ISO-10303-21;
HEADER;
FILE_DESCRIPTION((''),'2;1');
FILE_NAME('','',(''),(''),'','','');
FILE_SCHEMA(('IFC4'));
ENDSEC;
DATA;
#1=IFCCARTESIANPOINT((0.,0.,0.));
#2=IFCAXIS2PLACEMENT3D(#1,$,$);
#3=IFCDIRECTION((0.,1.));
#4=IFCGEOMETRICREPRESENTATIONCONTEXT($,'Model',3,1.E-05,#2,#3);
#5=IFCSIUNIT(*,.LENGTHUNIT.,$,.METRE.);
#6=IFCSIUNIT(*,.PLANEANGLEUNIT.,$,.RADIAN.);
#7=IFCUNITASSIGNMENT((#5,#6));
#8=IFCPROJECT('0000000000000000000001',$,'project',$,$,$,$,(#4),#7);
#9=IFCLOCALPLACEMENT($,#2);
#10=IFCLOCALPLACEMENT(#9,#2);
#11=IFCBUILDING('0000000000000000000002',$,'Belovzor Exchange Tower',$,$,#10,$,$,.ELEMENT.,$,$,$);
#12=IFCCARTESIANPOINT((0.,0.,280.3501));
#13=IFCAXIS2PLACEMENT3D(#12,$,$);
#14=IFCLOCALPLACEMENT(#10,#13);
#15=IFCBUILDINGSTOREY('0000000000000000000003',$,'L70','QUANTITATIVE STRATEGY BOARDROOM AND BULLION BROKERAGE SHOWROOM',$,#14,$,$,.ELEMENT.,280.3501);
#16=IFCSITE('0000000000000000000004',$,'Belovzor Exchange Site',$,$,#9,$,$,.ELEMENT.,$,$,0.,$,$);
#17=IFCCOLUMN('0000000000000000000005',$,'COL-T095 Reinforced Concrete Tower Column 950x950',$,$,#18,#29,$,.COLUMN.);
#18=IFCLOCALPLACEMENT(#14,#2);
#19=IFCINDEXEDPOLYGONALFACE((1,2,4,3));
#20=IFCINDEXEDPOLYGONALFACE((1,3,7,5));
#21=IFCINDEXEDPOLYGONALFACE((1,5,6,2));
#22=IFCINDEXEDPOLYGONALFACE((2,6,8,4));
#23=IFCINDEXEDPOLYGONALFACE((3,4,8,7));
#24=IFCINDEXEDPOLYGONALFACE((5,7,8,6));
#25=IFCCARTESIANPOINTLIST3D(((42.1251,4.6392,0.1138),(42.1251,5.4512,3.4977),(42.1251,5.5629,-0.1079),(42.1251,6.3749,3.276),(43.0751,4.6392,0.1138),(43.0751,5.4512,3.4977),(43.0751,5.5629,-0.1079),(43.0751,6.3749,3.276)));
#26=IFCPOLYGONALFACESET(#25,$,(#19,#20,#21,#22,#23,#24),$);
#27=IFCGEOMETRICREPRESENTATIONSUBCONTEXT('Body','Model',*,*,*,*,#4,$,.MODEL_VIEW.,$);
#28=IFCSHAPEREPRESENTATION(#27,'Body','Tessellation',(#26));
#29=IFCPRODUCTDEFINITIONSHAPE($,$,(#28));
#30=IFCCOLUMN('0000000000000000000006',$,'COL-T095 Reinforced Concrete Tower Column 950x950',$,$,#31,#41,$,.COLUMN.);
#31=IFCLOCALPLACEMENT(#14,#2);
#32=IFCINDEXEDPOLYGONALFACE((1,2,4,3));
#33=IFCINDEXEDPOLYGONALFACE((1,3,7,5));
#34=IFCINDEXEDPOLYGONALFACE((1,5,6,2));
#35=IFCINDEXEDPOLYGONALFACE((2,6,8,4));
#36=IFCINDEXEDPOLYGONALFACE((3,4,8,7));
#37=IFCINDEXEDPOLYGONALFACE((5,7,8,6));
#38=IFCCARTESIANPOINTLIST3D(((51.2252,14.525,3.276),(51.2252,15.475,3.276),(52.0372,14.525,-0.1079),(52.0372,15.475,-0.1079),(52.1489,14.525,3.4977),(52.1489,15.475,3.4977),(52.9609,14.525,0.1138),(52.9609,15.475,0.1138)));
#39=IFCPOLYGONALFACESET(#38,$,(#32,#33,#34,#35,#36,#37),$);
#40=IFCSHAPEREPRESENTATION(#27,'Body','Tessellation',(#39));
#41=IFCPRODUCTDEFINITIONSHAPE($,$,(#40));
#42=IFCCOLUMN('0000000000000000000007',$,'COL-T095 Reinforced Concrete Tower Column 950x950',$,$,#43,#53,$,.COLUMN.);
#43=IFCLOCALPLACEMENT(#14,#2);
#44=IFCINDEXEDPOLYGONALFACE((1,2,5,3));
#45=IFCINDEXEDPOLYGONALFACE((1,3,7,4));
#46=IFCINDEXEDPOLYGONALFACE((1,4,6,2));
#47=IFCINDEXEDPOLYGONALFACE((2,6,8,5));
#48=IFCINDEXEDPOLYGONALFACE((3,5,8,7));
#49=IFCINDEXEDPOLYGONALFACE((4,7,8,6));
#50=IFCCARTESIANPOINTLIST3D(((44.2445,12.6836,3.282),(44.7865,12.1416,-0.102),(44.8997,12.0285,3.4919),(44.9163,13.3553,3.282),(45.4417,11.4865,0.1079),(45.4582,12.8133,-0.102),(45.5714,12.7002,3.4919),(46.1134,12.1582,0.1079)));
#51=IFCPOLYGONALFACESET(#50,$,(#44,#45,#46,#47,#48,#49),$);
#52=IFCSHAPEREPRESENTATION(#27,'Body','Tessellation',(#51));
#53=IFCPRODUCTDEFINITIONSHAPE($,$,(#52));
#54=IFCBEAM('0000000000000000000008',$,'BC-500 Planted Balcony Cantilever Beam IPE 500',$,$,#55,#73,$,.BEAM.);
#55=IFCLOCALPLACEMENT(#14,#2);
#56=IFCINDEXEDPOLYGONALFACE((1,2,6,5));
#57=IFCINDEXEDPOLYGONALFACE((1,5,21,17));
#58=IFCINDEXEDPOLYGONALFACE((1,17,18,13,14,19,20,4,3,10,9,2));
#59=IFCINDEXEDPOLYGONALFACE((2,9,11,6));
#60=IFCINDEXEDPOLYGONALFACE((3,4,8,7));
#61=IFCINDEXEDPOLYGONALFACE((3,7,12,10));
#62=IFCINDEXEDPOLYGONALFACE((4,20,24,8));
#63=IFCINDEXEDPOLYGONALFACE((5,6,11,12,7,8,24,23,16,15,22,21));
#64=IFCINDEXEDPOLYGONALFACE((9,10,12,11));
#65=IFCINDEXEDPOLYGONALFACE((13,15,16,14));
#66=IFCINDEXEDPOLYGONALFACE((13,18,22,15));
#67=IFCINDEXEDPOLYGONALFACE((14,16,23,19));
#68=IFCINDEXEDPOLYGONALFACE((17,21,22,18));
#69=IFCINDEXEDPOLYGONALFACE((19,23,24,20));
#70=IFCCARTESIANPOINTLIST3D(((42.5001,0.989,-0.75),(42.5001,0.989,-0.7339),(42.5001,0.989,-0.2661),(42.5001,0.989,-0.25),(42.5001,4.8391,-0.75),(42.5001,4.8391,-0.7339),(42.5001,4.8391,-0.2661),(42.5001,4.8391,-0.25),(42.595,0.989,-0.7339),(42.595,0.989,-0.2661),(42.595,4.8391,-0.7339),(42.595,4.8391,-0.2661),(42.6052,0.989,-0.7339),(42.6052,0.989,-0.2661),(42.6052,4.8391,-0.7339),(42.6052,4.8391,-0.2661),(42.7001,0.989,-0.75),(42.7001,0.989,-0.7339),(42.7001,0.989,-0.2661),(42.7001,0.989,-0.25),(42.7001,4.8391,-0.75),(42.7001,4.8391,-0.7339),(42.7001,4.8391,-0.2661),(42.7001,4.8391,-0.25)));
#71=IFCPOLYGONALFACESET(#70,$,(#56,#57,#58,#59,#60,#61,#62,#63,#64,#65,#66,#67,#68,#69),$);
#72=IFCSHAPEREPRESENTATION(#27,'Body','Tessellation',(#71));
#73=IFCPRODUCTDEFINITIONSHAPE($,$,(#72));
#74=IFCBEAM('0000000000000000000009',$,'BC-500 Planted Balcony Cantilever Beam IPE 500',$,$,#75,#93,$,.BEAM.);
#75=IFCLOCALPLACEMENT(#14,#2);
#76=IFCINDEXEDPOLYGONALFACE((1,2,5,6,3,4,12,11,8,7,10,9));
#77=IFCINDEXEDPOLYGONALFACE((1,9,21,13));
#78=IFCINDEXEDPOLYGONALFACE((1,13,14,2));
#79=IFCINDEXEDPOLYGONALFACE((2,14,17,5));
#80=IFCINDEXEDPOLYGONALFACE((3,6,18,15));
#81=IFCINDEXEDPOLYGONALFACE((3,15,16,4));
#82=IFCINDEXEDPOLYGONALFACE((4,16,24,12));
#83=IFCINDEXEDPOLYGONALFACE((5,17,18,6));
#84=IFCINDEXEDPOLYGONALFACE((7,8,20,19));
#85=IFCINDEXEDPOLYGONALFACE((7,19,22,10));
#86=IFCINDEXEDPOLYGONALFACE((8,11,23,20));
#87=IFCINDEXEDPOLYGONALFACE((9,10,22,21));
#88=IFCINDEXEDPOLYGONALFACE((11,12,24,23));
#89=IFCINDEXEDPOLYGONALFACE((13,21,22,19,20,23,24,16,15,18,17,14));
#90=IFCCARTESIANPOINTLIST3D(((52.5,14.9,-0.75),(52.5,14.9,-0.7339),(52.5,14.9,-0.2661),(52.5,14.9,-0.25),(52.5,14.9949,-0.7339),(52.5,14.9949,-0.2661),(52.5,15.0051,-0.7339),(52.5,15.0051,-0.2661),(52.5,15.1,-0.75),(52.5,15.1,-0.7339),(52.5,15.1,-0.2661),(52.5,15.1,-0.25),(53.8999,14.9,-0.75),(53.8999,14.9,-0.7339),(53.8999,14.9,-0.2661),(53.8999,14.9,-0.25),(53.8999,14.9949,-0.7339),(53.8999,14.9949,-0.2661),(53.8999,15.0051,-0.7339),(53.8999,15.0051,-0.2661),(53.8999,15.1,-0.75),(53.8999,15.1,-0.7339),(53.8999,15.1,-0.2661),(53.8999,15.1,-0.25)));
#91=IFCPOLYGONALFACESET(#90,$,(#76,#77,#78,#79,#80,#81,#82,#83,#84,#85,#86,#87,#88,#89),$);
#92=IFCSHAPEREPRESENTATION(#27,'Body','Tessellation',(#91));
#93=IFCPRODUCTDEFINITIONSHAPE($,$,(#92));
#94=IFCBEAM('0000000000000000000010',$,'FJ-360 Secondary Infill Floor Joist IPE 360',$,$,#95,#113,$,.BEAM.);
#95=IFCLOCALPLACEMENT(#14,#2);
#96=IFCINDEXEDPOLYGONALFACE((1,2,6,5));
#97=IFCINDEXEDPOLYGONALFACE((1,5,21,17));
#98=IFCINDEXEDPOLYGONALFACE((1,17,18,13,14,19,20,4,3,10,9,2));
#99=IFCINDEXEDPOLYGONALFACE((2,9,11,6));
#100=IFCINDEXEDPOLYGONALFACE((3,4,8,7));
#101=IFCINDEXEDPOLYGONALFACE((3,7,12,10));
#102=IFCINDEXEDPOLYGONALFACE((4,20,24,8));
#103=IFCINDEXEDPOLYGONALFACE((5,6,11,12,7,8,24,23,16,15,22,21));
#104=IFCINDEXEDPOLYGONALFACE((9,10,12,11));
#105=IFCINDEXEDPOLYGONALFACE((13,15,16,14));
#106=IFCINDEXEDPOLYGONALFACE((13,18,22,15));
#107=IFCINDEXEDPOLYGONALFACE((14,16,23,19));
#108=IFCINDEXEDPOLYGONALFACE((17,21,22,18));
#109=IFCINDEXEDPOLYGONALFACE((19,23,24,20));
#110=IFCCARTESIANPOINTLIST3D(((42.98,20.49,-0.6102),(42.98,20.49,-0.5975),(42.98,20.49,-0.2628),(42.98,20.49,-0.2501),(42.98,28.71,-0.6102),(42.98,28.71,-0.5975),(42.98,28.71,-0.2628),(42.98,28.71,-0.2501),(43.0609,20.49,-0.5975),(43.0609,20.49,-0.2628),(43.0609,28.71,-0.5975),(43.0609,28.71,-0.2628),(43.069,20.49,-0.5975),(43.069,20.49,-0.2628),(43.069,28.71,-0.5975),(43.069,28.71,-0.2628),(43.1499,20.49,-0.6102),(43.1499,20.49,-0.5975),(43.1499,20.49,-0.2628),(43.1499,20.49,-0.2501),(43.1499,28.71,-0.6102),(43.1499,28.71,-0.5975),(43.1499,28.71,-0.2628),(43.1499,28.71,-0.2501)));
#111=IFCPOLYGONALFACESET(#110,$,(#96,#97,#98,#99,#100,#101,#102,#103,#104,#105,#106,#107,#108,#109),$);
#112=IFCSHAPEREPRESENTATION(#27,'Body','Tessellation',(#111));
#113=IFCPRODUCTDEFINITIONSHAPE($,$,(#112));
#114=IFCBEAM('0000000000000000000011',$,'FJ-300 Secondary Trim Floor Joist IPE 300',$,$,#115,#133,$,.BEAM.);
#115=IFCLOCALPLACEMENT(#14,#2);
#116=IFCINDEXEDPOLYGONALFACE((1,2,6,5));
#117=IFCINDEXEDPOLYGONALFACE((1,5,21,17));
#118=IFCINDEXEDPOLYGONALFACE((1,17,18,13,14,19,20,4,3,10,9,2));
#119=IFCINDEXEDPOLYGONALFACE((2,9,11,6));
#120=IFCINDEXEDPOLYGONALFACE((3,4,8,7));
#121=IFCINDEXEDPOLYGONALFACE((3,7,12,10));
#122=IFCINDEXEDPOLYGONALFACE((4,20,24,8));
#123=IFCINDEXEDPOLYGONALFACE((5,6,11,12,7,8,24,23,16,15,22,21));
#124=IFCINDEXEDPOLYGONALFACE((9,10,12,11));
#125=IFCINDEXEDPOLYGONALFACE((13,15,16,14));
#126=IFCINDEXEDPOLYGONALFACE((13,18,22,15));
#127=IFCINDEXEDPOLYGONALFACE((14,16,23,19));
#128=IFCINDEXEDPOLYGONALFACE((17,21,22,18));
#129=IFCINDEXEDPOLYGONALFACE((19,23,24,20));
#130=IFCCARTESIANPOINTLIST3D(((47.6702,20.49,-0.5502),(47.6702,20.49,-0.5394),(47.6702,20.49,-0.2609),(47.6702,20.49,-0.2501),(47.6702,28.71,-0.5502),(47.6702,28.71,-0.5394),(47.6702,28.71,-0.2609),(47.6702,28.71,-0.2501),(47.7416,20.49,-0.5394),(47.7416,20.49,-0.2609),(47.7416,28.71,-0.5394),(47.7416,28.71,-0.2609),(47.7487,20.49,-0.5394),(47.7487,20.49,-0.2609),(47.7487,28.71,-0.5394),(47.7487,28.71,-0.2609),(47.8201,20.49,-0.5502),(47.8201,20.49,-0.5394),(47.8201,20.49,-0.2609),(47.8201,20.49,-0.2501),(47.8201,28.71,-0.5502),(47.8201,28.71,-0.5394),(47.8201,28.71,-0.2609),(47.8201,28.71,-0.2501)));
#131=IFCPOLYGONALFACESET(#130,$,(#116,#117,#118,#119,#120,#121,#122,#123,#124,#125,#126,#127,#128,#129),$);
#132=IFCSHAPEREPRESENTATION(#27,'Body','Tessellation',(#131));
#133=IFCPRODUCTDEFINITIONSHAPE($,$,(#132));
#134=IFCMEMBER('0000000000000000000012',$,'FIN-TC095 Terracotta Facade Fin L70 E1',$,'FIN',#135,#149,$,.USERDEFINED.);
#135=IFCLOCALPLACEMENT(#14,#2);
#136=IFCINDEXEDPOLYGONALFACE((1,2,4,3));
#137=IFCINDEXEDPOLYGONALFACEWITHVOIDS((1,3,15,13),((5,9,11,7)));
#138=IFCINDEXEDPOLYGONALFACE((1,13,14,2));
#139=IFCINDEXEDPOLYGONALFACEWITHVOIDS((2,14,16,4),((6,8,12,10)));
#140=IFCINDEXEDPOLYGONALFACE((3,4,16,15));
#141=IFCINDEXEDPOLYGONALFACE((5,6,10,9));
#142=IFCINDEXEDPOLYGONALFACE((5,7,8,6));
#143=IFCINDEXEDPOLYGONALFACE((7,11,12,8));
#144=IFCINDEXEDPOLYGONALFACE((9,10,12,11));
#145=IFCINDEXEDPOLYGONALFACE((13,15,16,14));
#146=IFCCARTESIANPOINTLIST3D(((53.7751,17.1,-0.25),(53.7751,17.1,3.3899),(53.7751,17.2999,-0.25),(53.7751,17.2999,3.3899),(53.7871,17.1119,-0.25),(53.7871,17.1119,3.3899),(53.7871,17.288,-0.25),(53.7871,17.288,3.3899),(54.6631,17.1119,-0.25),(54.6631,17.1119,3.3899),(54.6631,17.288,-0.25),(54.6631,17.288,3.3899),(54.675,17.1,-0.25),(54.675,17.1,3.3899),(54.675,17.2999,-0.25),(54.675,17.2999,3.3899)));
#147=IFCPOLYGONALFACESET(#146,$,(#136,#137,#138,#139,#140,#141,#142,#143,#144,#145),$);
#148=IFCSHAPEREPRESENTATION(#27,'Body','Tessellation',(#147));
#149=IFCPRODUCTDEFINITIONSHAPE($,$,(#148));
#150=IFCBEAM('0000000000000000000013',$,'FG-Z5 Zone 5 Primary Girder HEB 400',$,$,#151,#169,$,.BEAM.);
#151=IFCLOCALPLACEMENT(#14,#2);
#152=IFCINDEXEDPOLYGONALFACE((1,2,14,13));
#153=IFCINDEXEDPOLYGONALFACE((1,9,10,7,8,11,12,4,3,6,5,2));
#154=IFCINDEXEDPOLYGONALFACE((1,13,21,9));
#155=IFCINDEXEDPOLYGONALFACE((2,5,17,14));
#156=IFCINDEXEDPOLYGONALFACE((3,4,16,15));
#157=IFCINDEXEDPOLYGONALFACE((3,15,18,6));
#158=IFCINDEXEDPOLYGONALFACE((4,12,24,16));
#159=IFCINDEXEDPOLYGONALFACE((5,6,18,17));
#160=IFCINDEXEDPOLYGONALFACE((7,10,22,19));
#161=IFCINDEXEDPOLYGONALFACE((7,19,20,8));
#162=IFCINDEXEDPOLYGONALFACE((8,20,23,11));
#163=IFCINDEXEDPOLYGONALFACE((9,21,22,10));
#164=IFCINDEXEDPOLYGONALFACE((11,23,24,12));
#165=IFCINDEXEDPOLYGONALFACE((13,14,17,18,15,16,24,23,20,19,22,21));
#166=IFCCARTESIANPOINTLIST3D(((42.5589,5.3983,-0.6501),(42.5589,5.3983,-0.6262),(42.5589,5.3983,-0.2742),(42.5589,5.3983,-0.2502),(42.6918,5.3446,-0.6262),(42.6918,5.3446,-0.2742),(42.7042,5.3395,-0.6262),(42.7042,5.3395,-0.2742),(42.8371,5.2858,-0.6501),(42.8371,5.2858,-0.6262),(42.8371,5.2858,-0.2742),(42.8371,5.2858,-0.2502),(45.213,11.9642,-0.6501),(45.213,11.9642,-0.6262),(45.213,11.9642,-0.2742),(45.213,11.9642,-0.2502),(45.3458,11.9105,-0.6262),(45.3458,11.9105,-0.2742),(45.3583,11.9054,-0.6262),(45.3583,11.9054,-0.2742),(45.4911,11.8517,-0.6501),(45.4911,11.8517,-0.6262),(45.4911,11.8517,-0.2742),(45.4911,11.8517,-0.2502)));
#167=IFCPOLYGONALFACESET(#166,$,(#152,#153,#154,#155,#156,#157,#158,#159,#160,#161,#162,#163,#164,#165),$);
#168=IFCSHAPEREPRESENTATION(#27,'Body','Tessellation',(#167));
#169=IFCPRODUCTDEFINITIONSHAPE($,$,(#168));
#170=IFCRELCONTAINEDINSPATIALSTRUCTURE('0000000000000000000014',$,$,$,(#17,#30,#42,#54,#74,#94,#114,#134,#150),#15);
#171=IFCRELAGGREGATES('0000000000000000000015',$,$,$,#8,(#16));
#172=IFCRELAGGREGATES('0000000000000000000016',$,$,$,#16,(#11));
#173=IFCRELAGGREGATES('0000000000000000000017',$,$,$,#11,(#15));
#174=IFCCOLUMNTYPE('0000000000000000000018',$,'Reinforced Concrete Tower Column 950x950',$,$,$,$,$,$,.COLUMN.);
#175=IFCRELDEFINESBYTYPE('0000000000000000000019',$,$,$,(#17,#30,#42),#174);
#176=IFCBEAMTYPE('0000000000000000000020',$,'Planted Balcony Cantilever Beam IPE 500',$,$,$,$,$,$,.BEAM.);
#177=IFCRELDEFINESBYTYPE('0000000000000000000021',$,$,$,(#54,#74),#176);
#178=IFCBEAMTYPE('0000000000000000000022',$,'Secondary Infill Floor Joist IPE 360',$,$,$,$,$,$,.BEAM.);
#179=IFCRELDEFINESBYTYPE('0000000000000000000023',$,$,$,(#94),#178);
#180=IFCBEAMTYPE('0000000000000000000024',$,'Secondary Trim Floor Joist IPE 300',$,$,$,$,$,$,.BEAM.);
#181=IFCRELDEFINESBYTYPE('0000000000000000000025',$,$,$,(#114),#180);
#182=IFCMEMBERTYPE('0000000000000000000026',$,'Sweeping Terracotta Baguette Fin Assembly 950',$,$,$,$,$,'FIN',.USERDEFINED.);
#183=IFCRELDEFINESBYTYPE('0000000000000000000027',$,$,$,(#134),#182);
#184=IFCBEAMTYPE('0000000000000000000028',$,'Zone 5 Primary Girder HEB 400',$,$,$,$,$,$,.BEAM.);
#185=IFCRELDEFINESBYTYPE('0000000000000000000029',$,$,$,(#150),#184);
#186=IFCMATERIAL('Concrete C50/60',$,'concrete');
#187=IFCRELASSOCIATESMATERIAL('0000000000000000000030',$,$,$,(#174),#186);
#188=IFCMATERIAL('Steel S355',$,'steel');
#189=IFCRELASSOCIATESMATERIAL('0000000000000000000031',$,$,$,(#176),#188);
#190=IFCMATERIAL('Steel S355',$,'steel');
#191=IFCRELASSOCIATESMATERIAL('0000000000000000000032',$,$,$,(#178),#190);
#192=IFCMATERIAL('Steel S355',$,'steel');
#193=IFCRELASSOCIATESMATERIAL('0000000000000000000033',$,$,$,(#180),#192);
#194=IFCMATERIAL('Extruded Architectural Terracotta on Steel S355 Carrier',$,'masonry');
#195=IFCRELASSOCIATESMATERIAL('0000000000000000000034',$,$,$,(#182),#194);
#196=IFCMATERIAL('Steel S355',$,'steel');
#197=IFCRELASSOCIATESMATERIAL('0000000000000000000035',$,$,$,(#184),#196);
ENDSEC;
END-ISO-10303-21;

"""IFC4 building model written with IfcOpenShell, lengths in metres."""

from ifc_helpers import new_model, si_unit, direction, frame, origin, origin_2d, place, context, subcontext, project, spatial, rectangle, hollow_rectangle, i_section, extrude, material, material_profile, profile_set, type_object, element, save


model = new_model("IFC4")

# Units and contexts
model_context = context("Model", 3, precision=1e-05, world=origin(), true_north=direction((0.0, 1.0)))
body_context = subcontext(model_context, "Body", "Model", "MODEL_VIEW")
ifc_project = project(units=[si_unit("LENGTHUNIT", "METRE"), si_unit("PLANEANGLEUNIT", "RADIAN")], contexts=[model_context])

# Site, building, storey
site_placement = place(None, origin())
site = spatial("IfcSite", under=ifc_project, at=site_placement, Name="Belovzor Exchange Site", CompositionType="ELEMENT", RefElevation=0.0)
building_placement = place(site_placement, origin())
building = spatial("IfcBuilding", under=site, at=building_placement, Name="Belovzor Exchange Tower", CompositionType="ELEMENT")
storey_placement = place(building_placement, frame((0.0, 0.0, 280.3501)))
storey = spatial("IfcBuildingStorey", under=building, at=storey_placement, Name="L70", Description="QUANTITATIVE STRATEGY BOARDROOM AND BULLION BROKERAGE SHOWROOM", CompositionType="ELEMENT", Elevation=280.3501)

# Columns
ifc_material_1 = material(Name="Concrete C50/60", Category="concrete")
ifc_material_profile_1 = material_profile(ifc_material_1, rectangle(XDim=0.95, YDim=0.95, at=origin_2d()))
ifc_profile_set_1 = profile_set([ifc_material_profile_1], Name="Concrete C50/60")
column_type = type_object("IfcColumnType", Name="Reinforced Concrete Tower Column 950x950", PredefinedType="COLUMN", material=ifc_profile_set_1)
for number, where, z_axis, x_axis, name in (
    (1, (42.6001, 5.1011, 0.0029), (0.0, 0.23333, 0.972397), (-1.0, 0.0, 0.0), "COL-T095 Reinforced Concrete Tower Column 950x950"),
    (2, (52.499, 15.0, 0.0029), (-0.23333, 0.0, 0.972397), (0.0, -1.0, 0.0), "COL-T095 Reinforced Concrete Tower Column 950x950"),
):
    element("IfcColumn", number, at=place(storey_placement, frame(where, z_axis=z_axis, x_axis=x_axis)), inside=storey, type_object=column_type, Name=name, PredefinedType="COLUMN", context=body_context, shape_type="SweptSolid", body=[
        extrude(rectangle(XDim=0.95, YDim=0.95, at=origin_2d()), origin(), (0.0, 0.0, 1.0), 3.48),
    ])
column_placement = place(storey_placement, frame((45.45, 12.1499, 0.0029), z_axis=(-0.156205, 0.156205, 0.975295), x_axis=(-0.707107, -0.707107, 0.0)))
element("IfcColumn", 3, at=column_placement, inside=storey, type_object=column_type, Name="COL-T095 Reinforced Concrete Tower Column 950x950", PredefinedType="COLUMN", context=body_context, shape_type="SweptSolid", body=[
    extrude(rectangle(XDim=0.95, YDim=0.95, at=origin_2d()), origin(), (0.0, 0.0, 1.0), 3.4697),
])

# Beams
ifc_material_2 = material(Name="Steel S355", Category="steel")
ifc_material_profile_2 = material_profile(ifc_material_2, i_section(OverallWidth=0.2, OverallDepth=0.5, WebThickness=0.0103, FlangeThickness=0.0161, at=origin_2d()))
ifc_profile_set_2 = profile_set([ifc_material_profile_2], Name="Steel S355")
beam_type_1 = type_object("IfcBeamType", Name="Planted Balcony Cantilever Beam IPE 500", PredefinedType="BEAM", material=ifc_profile_set_2)
beam_1_placement = place(storey_placement, frame((42.6001, 4.8391, -0.5), z_axis=(0.0, -1.0, 0.0), x_axis=(1.0, 0.0, 0.0)))
element("IfcBeam", 4, at=beam_1_placement, inside=storey, type_object=beam_type_1, Name="BC-500 Planted Balcony Cantilever Beam IPE 500", PredefinedType="BEAM", context=body_context, shape_type="SweptSolid", body=[
    extrude(i_section(OverallWidth=0.2, OverallDepth=0.5, WebThickness=0.0103, FlangeThickness=0.0161, at=origin_2d()), origin(), (0.0, 0.0, 1.0), 3.8501),
])
beam_2_placement = place(storey_placement, frame((52.5, 15.0, -0.5), z_axis=(1.0, 0.0, 0.0), x_axis=(0.0, 1.0, 0.0)))
element("IfcBeam", 5, at=beam_2_placement, inside=storey, type_object=beam_type_1, Name="BC-500 Planted Balcony Cantilever Beam IPE 500", PredefinedType="BEAM", context=body_context, shape_type="SweptSolid", body=[
    extrude(i_section(OverallWidth=0.2, OverallDepth=0.5, WebThickness=0.0103, FlangeThickness=0.0161, at=origin_2d()), origin(), (0.0, 0.0, 1.0), 1.3999),
])
ifc_material_3 = material(Name="Steel S355", Category="steel")
ifc_material_profile_3 = material_profile(ifc_material_3, i_section(OverallWidth=0.1699, OverallDepth=0.3601, WebThickness=0.0081, FlangeThickness=0.0127, at=origin_2d()))
ifc_profile_set_3 = profile_set([ifc_material_profile_3], Name="Steel S355")
beam_type_2 = type_object("IfcBeamType", Name="Secondary Infill Floor Joist IPE 360", PredefinedType="BEAM", material=ifc_profile_set_3)
beam_3_placement = place(storey_placement, frame((43.0649, 20.49, -0.4302), z_axis=(0.0, 1.0, 0.0), x_axis=(-1.0, 0.0, 0.0)))
element("IfcBeam", 6, at=beam_3_placement, inside=storey, type_object=beam_type_2, Name="FJ-360 Secondary Infill Floor Joist IPE 360", PredefinedType="BEAM", context=body_context, shape_type="SweptSolid", body=[
    extrude(i_section(OverallWidth=0.1699, OverallDepth=0.3601, WebThickness=0.0081, FlangeThickness=0.0127, at=origin_2d()), origin(), (0.0, 0.0, 1.0), 8.22),
])
ifc_material_4 = material(Name="Steel S355", Category="steel")
ifc_material_profile_4 = material_profile(ifc_material_4, i_section(OverallWidth=0.1499, OverallDepth=0.3, WebThickness=0.0071, FlangeThickness=0.0107, at=origin_2d()))
ifc_profile_set_4 = profile_set([ifc_material_profile_4], Name="Steel S355")
beam_type_3 = type_object("IfcBeamType", Name="Secondary Trim Floor Joist IPE 300", PredefinedType="BEAM", material=ifc_profile_set_4)
beam_4_placement = place(storey_placement, frame((47.7451, 20.49, -0.4001), z_axis=(0.0, 1.0, 0.0), x_axis=(-1.0, 0.0, 0.0)))
element("IfcBeam", 7, at=beam_4_placement, inside=storey, type_object=beam_type_3, Name="FJ-300 Secondary Trim Floor Joist IPE 300", PredefinedType="BEAM", context=body_context, shape_type="SweptSolid", body=[
    extrude(i_section(OverallWidth=0.1499, OverallDepth=0.3, WebThickness=0.0071, FlangeThickness=0.0107, at=origin_2d()), origin(), (0.0, 0.0, 1.0), 8.22),
])

# Member
ifc_material_5 = material(Name="Extruded Architectural Terracotta on Steel S355 Carrier", Category="masonry")
ifc_material_profile_5 = material_profile(ifc_material_5, hollow_rectangle(XDim=0.2, YDim=0.8999, WallThickness=0.012, at=origin_2d()))
ifc_profile_set_5 = profile_set([ifc_material_profile_5], Name="Extruded Architectural Terracotta on Steel S355 Carrier")
member_type = type_object("IfcMemberType", Name="Sweeping Terracotta Baguette Fin Assembly 950", ElementType="FIN", PredefinedType="USERDEFINED", material=ifc_profile_set_5)
member_placement = place(storey_placement, frame((54.2251, 17.2, -0.25), z_axis=(0.0, 0.0, 1.0), x_axis=(0.0, 1.0, 0.0)))
element("IfcMember", 8, at=member_placement, inside=storey, type_object=member_type, Name="FIN-TC095 Terracotta Facade Fin L70 E1", ObjectType="FIN", PredefinedType="USERDEFINED", context=body_context, shape_type="SweptSolid", body=[
    extrude(hollow_rectangle(XDim=0.2, YDim=0.8999, WallThickness=0.012, at=origin_2d()), origin(), (0.0, 0.0, 1.0), 3.6399),
])

# Beam
ifc_material_6 = material(Name="Steel S355", Category="steel")
ifc_material_profile_6 = material_profile(ifc_material_6, i_section(OverallWidth=0.3, OverallDepth=0.3999, WebThickness=0.0134, FlangeThickness=0.0239, at=origin_2d()))
ifc_profile_set_6 = profile_set([ifc_material_profile_6], Name="Steel S355")
beam_type_4 = type_object("IfcBeamType", Name="Zone 5 Primary Girder HEB 400", PredefinedType="BEAM", material=ifc_profile_set_6)
beam_5_placement = place(storey_placement, frame((42.698, 5.342, -0.4502), z_axis=(0.374758, 0.927123, 0.0), x_axis=(-0.927123, 0.374758, 0.0)))
element("IfcBeam", 9, at=beam_5_placement, inside=storey, type_object=beam_type_4, Name="FG-Z5 Zone 5 Primary Girder HEB 400", PredefinedType="BEAM", context=body_context, shape_type="SweptSolid", body=[
    extrude(i_section(OverallWidth=0.3, OverallDepth=0.3999, WebThickness=0.0134, FlangeThickness=0.0239, at=origin_2d()), origin(), (0.0, 0.0, 1.0), 7.082),
])

save(model, "model.ifc")
